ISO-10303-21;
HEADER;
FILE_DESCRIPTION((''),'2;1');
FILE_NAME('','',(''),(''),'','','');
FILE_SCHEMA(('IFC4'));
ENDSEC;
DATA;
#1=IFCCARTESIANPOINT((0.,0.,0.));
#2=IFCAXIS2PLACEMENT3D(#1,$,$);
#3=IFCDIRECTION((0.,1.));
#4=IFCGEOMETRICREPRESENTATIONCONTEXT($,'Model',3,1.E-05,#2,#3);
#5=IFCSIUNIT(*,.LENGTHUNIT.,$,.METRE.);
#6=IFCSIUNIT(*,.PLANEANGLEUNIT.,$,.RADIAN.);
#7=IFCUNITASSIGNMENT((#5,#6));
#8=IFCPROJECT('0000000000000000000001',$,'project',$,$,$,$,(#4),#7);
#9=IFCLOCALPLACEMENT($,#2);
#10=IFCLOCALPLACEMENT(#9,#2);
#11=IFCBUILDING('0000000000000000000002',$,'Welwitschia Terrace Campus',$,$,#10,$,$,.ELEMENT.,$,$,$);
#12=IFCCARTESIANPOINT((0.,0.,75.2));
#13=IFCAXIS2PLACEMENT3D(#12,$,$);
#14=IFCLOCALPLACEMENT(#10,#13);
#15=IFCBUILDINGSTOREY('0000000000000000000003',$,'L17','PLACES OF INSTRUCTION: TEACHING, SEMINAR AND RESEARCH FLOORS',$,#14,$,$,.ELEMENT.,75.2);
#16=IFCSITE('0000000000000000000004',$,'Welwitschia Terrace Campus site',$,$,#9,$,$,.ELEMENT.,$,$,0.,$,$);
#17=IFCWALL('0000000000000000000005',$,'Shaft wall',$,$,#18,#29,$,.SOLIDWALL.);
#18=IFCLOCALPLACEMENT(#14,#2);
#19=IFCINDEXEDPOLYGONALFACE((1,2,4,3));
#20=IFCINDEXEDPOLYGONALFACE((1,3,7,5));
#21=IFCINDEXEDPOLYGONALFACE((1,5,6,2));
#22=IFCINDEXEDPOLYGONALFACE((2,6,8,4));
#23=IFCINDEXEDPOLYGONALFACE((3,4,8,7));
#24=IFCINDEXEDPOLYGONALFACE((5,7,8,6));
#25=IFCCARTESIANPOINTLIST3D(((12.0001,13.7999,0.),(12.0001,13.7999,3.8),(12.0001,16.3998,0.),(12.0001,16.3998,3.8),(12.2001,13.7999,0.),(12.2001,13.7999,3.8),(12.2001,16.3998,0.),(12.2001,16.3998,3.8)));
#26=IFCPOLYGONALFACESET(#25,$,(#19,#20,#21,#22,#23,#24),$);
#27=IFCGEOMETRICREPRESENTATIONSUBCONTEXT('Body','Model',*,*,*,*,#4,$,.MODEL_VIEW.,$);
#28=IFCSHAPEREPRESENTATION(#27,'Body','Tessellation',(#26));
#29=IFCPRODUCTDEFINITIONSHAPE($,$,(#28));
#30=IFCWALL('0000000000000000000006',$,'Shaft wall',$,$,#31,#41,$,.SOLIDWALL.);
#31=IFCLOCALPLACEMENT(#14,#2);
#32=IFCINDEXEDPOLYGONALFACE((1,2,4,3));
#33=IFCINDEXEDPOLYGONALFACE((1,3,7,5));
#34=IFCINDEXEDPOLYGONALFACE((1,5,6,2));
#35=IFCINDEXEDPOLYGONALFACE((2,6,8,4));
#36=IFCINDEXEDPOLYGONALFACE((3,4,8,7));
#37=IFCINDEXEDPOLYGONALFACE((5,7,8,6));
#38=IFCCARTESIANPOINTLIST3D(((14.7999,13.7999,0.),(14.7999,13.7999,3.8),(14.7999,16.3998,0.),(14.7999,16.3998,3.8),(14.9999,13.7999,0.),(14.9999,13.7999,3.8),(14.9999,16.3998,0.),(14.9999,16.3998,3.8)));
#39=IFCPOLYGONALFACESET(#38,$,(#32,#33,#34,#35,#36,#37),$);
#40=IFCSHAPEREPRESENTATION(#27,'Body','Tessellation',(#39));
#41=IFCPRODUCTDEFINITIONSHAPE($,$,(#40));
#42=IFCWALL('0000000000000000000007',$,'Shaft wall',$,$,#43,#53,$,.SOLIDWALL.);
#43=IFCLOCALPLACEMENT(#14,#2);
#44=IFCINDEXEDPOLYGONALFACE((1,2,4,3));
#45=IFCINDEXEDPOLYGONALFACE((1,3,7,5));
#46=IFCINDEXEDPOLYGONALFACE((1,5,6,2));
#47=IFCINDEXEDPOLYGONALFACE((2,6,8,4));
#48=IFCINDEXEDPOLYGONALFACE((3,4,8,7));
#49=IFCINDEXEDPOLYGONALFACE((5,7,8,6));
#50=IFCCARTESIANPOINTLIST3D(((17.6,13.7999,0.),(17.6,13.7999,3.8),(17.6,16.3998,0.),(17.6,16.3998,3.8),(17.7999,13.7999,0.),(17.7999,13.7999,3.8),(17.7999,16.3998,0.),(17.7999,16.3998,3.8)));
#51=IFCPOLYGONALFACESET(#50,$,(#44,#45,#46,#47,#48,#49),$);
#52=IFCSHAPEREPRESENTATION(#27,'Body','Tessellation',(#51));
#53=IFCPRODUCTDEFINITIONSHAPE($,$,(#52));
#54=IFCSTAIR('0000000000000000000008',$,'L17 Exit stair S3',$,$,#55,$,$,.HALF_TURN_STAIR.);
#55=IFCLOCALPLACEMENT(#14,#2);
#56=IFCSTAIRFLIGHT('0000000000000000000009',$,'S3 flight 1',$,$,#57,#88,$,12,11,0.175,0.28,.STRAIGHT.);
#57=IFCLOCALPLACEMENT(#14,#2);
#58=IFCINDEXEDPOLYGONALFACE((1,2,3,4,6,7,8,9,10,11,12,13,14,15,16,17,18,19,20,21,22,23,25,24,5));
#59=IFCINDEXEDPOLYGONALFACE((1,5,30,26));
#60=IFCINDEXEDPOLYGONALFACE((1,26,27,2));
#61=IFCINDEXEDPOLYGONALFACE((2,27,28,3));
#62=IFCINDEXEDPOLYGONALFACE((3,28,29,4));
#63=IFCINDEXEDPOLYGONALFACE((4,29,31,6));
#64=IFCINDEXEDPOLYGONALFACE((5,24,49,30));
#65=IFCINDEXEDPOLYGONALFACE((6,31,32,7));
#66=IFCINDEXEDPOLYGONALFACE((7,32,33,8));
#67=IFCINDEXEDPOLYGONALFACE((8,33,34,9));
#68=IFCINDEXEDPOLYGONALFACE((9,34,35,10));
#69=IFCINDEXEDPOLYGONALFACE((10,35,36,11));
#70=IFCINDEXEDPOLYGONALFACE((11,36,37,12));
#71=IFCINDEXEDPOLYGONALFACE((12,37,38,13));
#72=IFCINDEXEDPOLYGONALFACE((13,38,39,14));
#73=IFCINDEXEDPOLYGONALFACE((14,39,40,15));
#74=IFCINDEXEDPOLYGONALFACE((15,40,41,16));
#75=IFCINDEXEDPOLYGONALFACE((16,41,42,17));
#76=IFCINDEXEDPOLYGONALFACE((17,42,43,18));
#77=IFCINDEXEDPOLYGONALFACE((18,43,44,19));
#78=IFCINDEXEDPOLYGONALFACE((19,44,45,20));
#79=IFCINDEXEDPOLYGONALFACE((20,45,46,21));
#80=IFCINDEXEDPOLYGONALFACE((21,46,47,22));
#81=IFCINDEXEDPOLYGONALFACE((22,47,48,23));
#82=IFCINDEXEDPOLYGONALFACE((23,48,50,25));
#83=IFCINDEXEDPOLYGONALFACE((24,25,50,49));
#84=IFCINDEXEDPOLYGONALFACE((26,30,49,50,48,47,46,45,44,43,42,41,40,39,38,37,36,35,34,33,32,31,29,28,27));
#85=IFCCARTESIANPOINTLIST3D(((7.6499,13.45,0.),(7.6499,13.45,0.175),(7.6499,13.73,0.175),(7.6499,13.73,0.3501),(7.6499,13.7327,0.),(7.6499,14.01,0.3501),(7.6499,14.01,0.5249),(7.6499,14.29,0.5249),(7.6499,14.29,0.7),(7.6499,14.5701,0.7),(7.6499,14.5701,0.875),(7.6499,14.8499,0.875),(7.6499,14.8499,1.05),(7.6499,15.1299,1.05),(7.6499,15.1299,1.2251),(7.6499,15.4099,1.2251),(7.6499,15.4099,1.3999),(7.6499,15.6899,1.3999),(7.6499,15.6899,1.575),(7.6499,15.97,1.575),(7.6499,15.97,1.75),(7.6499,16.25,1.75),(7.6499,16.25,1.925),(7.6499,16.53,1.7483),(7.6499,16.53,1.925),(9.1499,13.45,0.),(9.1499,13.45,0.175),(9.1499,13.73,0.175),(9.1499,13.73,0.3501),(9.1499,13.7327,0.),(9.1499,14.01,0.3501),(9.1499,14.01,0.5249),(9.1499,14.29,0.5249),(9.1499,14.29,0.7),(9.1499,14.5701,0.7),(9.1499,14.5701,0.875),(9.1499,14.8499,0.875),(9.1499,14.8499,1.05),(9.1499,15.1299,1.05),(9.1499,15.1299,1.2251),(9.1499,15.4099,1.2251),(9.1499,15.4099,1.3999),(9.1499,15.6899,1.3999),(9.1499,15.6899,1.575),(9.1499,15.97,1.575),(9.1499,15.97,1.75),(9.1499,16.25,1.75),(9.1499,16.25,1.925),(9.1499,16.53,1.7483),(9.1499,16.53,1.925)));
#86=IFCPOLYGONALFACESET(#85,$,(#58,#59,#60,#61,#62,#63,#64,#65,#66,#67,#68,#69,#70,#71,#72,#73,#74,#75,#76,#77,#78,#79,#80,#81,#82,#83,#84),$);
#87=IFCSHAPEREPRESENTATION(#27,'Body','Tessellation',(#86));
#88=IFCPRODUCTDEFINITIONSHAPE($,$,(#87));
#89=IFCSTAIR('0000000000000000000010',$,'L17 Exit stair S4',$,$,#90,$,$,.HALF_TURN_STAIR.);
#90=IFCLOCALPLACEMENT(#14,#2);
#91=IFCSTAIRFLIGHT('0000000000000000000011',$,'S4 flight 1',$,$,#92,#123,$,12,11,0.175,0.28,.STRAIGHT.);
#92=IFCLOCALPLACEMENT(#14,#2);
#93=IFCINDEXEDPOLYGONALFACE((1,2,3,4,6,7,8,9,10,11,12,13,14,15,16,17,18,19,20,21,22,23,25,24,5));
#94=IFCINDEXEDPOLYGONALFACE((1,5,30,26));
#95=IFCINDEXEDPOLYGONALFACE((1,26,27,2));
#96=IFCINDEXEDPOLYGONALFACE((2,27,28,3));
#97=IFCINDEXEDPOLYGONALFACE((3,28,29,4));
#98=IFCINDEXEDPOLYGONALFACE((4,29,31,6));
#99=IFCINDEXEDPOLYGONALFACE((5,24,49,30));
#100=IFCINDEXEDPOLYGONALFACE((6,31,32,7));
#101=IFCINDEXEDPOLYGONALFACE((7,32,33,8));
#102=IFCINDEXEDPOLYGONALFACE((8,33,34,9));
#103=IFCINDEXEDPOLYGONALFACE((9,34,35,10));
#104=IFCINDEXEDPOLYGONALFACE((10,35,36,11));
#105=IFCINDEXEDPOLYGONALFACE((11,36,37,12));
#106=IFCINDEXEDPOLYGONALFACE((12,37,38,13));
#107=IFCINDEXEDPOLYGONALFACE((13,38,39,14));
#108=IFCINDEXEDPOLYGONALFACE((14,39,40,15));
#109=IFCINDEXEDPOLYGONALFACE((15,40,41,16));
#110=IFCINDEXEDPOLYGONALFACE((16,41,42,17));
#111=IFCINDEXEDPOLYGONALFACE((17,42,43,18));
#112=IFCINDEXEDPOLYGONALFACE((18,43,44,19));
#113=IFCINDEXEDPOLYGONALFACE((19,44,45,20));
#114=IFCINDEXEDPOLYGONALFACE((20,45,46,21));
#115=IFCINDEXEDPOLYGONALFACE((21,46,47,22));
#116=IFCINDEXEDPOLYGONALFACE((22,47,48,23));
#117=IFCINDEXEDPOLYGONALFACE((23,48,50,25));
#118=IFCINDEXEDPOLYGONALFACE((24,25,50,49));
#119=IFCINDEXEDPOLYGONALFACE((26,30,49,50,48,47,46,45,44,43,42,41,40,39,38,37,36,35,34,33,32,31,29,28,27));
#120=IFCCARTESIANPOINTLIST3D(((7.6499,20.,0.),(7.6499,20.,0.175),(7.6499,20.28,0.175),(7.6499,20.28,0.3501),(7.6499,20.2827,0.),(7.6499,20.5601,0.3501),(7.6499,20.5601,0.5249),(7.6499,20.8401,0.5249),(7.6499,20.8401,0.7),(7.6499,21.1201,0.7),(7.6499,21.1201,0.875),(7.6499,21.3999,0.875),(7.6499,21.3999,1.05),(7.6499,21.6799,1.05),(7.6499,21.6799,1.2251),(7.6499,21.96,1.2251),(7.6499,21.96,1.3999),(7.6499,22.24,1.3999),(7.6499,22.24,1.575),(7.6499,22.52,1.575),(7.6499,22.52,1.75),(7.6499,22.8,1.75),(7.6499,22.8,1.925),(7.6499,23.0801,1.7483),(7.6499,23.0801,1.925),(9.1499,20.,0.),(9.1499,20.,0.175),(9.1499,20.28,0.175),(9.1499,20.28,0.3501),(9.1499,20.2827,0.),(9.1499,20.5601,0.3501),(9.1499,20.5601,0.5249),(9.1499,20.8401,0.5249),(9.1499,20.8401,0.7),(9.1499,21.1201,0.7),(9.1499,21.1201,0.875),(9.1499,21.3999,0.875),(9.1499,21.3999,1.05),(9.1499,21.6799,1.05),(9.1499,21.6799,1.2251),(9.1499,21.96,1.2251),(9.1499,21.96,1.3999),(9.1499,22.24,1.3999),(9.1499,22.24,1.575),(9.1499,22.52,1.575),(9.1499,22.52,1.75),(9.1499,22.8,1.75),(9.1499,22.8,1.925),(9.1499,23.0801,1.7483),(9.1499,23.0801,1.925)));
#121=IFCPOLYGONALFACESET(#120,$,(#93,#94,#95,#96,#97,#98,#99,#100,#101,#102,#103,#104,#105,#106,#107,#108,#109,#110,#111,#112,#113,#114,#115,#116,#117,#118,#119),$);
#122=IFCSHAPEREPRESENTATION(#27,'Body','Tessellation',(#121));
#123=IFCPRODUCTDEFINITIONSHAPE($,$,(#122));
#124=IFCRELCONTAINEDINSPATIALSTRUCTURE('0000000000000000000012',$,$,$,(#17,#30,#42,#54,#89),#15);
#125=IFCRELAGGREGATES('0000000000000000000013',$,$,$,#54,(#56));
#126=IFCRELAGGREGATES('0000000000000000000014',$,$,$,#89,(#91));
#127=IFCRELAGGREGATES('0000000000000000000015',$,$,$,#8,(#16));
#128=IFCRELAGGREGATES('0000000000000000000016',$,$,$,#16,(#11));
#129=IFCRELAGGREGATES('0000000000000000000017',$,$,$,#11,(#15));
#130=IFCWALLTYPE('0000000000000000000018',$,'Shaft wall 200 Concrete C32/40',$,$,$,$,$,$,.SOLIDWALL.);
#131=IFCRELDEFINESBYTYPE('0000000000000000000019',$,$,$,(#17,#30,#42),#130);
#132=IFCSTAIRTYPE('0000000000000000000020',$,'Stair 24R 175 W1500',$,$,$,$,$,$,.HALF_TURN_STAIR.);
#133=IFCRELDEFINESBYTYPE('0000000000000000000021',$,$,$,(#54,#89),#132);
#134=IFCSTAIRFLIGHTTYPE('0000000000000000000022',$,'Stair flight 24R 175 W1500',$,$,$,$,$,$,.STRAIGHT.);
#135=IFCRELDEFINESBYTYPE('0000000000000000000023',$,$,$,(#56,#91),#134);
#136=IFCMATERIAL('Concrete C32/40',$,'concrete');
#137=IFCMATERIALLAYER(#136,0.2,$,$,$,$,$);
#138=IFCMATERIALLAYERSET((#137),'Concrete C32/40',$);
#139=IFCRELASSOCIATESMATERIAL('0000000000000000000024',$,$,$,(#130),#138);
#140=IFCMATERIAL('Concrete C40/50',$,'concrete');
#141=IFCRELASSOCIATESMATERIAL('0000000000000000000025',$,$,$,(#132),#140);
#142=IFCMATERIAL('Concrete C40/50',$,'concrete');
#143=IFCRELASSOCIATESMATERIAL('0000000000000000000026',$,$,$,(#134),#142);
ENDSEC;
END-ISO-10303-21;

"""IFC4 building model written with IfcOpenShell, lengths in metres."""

from ifc_helpers import new_model, si_unit, direction, frame, frame_2d, origin, place, context, subcontext, project, spatial, polyline, rectangle, outline, extrude, material, layer, layer_set, type_object, element, aggregate, save


model = new_model("IFC4")

# Units and contexts
model_context = context("Model", 3, precision=1e-05, world=origin(), true_north=direction((0.0, 1.0)))
body_context = subcontext(model_context, "Body", "Model", "MODEL_VIEW")
ifc_project = project(units=[si_unit("LENGTHUNIT", "METRE"), si_unit("PLANEANGLEUNIT", "RADIAN")], contexts=[model_context])

# Site, building, storey
site_placement = place(None, origin())
site = spatial("IfcSite", under=ifc_project, at=site_placement, Name="Welwitschia Terrace Campus site", CompositionType="ELEMENT", RefElevation=0.0)
building_placement = place(site_placement, origin())
building = spatial("IfcBuilding", under=site, at=building_placement, Name="Welwitschia Terrace Campus", CompositionType="ELEMENT")
storey_placement = place(building_placement, frame((0.0, 0.0, 75.2)))
storey = spatial("IfcBuildingStorey", under=building, at=storey_placement, Name="L17", Description="PLACES OF INSTRUCTION: TEACHING, SEMINAR AND RESEARCH FLOORS", CompositionType="ELEMENT", Elevation=75.2)

# Walls
ifc_material_1 = material(Name="Concrete C32/40", Category="concrete")
ifc_layer_1 = layer(ifc_material_1, 0.2)
ifc_layer_set_1 = layer_set([ifc_layer_1], Name="Concrete C32/40")
wall_type_1 = type_object("IfcWallType", Name="Shaft wall 200 Concrete C32/40", PredefinedType="SOLIDWALL", material=ifc_layer_set_1)
for number, where, z_axis, x_axis, name in (
    (1, (12.1001, 13.8, 0.0), (0.0, 0.0, 1.0), (0.0, 1.0, 0.0), "Shaft wall"),
    (2, (14.8999, 13.8, 0.0), (0.0, 0.0, 1.0), (0.0, 1.0, 0.0), "Shaft wall"),
    (3, (17.7, 13.8, 0.0), (0.0, 0.0, 1.0), (0.0, 1.0, 0.0), "Shaft wall"),
):
    element("IfcWall", number, at=place(storey_placement, frame(where, z_axis=z_axis, x_axis=x_axis)), inside=storey, type_object=wall_type_1, Name=name, PredefinedType="SOLIDWALL", context=body_context, shape_type="SweptSolid", body=[
        extrude(rectangle(XDim=2.5999, YDim=0.2, at=frame_2d((1.2998, 0.0))), origin(), (0.0, 0.0, 1.0), 3.8),
    ])

# Stairs, stair flights
ifc_material_2 = material(Name="Concrete C40/50", Category="concrete")
stair_type = type_object("IfcStairType", Name="Stair 24R 175 W1500", PredefinedType="HALF_TURN_STAIR", material=ifc_material_2)
stair_1_placement = place(storey_placement, origin())
stair_1 = element("IfcStair", 4, at=stair_1_placement, inside=storey, type_object=stair_type, Name="L17 Exit stair S3", PredefinedType="HALF_TURN_STAIR")
ifc_material_3 = material(Name="Concrete C40/50", Category="concrete")
stair_flight_type = type_object("IfcStairFlightType", Name="Stair flight 24R 175 W1500", PredefinedType="STRAIGHT", material=ifc_material_3)
stair_flight_1_placement = place(storey_placement, frame((8.3999, 13.45, 0.0), z_axis=(0.0, 0.0, 1.0), x_axis=(0.0, 1.0, 0.0)))
stair_flight_1 = element("IfcStairFlight", 5, at=stair_flight_1_placement, type_object=stair_flight_type, Name="S3 flight 1", NumberOfRisers=12, NumberOfTreads=11, PredefinedType="STRAIGHT", RiserHeight=0.175, TreadLength=0.28, context=body_context, shape_type="SweptSolid", body=[
    extrude(outline(polyline([(0.0, 0.0), (0.0, 0.175), (0.28, 0.175), (0.28, 0.3501), (0.5601, 0.3501), (0.5601, 0.5249), (0.8401, 0.5249), (0.8401, 0.7), (1.1201, 0.7), (1.1201, 0.875), (1.3999, 0.875), (1.3999, 1.05), (1.6799, 1.05), (1.6799, 1.2251), (1.96, 1.2251), (1.96, 1.3999), (2.24, 1.3999), (2.24, 1.575), (2.52, 1.575), (2.52, 1.75), (2.8, 1.75), (2.8, 1.925), (3.0801, 1.925), (3.0801, 2.1001), (3.0801, 1.7483), (0.2827, 0.0), (0.0, 0.0)])), frame((0.0, 0.75, 0.0), z_axis=(0.0, -1.0, 0.0), x_axis=(1.0, 0.0, 0.0)), (0.0, 0.0, 1.0), 1.5),
])
aggregate(stair_1, [stair_flight_1])
stair_2_placement = place(storey_placement, origin())
stair_2 = element("IfcStair", 6, at=stair_2_placement, inside=storey, type_object=stair_type, Name="L17 Exit stair S4", PredefinedType="HALF_TURN_STAIR")
stair_flight_2_placement = place(storey_placement, frame((8.3999, 20.0, 0.0), z_axis=(0.0, 0.0, 1.0), x_axis=(0.0, 1.0, 0.0)))
stair_flight_2 = element("IfcStairFlight", 7, at=stair_flight_2_placement, type_object=stair_flight_type, Name="S4 flight 1", NumberOfRisers=12, NumberOfTreads=11, PredefinedType="STRAIGHT", RiserHeight=0.175, TreadLength=0.28, context=body_context, shape_type="SweptSolid", body=[
    extrude(outline(polyline([(0.0, 0.0), (0.0, 0.175), (0.28, 0.175), (0.28, 0.3501), (0.5601, 0.3501), (0.5601, 0.5249), (0.8401, 0.5249), (0.8401, 0.7), (1.1201, 0.7), (1.1201, 0.875), (1.3999, 0.875), (1.3999, 1.05), (1.6799, 1.05), (1.6799, 1.2251), (1.96, 1.2251), (1.96, 1.3999), (2.24, 1.3999), (2.24, 1.575), (2.52, 1.575), (2.52, 1.75), (2.8, 1.75), (2.8, 1.925), (3.0801, 1.925), (3.0801, 2.1001), (3.0801, 1.7483), (0.2827, 0.0), (0.0, 0.0)])), frame((0.0, 0.75, 0.0), z_axis=(0.0, -1.0, 0.0), x_axis=(1.0, 0.0, 0.0)), (0.0, 0.0, 1.0), 1.5),
])
aggregate(stair_2, [stair_flight_2])

save(model, "model.ifc")
